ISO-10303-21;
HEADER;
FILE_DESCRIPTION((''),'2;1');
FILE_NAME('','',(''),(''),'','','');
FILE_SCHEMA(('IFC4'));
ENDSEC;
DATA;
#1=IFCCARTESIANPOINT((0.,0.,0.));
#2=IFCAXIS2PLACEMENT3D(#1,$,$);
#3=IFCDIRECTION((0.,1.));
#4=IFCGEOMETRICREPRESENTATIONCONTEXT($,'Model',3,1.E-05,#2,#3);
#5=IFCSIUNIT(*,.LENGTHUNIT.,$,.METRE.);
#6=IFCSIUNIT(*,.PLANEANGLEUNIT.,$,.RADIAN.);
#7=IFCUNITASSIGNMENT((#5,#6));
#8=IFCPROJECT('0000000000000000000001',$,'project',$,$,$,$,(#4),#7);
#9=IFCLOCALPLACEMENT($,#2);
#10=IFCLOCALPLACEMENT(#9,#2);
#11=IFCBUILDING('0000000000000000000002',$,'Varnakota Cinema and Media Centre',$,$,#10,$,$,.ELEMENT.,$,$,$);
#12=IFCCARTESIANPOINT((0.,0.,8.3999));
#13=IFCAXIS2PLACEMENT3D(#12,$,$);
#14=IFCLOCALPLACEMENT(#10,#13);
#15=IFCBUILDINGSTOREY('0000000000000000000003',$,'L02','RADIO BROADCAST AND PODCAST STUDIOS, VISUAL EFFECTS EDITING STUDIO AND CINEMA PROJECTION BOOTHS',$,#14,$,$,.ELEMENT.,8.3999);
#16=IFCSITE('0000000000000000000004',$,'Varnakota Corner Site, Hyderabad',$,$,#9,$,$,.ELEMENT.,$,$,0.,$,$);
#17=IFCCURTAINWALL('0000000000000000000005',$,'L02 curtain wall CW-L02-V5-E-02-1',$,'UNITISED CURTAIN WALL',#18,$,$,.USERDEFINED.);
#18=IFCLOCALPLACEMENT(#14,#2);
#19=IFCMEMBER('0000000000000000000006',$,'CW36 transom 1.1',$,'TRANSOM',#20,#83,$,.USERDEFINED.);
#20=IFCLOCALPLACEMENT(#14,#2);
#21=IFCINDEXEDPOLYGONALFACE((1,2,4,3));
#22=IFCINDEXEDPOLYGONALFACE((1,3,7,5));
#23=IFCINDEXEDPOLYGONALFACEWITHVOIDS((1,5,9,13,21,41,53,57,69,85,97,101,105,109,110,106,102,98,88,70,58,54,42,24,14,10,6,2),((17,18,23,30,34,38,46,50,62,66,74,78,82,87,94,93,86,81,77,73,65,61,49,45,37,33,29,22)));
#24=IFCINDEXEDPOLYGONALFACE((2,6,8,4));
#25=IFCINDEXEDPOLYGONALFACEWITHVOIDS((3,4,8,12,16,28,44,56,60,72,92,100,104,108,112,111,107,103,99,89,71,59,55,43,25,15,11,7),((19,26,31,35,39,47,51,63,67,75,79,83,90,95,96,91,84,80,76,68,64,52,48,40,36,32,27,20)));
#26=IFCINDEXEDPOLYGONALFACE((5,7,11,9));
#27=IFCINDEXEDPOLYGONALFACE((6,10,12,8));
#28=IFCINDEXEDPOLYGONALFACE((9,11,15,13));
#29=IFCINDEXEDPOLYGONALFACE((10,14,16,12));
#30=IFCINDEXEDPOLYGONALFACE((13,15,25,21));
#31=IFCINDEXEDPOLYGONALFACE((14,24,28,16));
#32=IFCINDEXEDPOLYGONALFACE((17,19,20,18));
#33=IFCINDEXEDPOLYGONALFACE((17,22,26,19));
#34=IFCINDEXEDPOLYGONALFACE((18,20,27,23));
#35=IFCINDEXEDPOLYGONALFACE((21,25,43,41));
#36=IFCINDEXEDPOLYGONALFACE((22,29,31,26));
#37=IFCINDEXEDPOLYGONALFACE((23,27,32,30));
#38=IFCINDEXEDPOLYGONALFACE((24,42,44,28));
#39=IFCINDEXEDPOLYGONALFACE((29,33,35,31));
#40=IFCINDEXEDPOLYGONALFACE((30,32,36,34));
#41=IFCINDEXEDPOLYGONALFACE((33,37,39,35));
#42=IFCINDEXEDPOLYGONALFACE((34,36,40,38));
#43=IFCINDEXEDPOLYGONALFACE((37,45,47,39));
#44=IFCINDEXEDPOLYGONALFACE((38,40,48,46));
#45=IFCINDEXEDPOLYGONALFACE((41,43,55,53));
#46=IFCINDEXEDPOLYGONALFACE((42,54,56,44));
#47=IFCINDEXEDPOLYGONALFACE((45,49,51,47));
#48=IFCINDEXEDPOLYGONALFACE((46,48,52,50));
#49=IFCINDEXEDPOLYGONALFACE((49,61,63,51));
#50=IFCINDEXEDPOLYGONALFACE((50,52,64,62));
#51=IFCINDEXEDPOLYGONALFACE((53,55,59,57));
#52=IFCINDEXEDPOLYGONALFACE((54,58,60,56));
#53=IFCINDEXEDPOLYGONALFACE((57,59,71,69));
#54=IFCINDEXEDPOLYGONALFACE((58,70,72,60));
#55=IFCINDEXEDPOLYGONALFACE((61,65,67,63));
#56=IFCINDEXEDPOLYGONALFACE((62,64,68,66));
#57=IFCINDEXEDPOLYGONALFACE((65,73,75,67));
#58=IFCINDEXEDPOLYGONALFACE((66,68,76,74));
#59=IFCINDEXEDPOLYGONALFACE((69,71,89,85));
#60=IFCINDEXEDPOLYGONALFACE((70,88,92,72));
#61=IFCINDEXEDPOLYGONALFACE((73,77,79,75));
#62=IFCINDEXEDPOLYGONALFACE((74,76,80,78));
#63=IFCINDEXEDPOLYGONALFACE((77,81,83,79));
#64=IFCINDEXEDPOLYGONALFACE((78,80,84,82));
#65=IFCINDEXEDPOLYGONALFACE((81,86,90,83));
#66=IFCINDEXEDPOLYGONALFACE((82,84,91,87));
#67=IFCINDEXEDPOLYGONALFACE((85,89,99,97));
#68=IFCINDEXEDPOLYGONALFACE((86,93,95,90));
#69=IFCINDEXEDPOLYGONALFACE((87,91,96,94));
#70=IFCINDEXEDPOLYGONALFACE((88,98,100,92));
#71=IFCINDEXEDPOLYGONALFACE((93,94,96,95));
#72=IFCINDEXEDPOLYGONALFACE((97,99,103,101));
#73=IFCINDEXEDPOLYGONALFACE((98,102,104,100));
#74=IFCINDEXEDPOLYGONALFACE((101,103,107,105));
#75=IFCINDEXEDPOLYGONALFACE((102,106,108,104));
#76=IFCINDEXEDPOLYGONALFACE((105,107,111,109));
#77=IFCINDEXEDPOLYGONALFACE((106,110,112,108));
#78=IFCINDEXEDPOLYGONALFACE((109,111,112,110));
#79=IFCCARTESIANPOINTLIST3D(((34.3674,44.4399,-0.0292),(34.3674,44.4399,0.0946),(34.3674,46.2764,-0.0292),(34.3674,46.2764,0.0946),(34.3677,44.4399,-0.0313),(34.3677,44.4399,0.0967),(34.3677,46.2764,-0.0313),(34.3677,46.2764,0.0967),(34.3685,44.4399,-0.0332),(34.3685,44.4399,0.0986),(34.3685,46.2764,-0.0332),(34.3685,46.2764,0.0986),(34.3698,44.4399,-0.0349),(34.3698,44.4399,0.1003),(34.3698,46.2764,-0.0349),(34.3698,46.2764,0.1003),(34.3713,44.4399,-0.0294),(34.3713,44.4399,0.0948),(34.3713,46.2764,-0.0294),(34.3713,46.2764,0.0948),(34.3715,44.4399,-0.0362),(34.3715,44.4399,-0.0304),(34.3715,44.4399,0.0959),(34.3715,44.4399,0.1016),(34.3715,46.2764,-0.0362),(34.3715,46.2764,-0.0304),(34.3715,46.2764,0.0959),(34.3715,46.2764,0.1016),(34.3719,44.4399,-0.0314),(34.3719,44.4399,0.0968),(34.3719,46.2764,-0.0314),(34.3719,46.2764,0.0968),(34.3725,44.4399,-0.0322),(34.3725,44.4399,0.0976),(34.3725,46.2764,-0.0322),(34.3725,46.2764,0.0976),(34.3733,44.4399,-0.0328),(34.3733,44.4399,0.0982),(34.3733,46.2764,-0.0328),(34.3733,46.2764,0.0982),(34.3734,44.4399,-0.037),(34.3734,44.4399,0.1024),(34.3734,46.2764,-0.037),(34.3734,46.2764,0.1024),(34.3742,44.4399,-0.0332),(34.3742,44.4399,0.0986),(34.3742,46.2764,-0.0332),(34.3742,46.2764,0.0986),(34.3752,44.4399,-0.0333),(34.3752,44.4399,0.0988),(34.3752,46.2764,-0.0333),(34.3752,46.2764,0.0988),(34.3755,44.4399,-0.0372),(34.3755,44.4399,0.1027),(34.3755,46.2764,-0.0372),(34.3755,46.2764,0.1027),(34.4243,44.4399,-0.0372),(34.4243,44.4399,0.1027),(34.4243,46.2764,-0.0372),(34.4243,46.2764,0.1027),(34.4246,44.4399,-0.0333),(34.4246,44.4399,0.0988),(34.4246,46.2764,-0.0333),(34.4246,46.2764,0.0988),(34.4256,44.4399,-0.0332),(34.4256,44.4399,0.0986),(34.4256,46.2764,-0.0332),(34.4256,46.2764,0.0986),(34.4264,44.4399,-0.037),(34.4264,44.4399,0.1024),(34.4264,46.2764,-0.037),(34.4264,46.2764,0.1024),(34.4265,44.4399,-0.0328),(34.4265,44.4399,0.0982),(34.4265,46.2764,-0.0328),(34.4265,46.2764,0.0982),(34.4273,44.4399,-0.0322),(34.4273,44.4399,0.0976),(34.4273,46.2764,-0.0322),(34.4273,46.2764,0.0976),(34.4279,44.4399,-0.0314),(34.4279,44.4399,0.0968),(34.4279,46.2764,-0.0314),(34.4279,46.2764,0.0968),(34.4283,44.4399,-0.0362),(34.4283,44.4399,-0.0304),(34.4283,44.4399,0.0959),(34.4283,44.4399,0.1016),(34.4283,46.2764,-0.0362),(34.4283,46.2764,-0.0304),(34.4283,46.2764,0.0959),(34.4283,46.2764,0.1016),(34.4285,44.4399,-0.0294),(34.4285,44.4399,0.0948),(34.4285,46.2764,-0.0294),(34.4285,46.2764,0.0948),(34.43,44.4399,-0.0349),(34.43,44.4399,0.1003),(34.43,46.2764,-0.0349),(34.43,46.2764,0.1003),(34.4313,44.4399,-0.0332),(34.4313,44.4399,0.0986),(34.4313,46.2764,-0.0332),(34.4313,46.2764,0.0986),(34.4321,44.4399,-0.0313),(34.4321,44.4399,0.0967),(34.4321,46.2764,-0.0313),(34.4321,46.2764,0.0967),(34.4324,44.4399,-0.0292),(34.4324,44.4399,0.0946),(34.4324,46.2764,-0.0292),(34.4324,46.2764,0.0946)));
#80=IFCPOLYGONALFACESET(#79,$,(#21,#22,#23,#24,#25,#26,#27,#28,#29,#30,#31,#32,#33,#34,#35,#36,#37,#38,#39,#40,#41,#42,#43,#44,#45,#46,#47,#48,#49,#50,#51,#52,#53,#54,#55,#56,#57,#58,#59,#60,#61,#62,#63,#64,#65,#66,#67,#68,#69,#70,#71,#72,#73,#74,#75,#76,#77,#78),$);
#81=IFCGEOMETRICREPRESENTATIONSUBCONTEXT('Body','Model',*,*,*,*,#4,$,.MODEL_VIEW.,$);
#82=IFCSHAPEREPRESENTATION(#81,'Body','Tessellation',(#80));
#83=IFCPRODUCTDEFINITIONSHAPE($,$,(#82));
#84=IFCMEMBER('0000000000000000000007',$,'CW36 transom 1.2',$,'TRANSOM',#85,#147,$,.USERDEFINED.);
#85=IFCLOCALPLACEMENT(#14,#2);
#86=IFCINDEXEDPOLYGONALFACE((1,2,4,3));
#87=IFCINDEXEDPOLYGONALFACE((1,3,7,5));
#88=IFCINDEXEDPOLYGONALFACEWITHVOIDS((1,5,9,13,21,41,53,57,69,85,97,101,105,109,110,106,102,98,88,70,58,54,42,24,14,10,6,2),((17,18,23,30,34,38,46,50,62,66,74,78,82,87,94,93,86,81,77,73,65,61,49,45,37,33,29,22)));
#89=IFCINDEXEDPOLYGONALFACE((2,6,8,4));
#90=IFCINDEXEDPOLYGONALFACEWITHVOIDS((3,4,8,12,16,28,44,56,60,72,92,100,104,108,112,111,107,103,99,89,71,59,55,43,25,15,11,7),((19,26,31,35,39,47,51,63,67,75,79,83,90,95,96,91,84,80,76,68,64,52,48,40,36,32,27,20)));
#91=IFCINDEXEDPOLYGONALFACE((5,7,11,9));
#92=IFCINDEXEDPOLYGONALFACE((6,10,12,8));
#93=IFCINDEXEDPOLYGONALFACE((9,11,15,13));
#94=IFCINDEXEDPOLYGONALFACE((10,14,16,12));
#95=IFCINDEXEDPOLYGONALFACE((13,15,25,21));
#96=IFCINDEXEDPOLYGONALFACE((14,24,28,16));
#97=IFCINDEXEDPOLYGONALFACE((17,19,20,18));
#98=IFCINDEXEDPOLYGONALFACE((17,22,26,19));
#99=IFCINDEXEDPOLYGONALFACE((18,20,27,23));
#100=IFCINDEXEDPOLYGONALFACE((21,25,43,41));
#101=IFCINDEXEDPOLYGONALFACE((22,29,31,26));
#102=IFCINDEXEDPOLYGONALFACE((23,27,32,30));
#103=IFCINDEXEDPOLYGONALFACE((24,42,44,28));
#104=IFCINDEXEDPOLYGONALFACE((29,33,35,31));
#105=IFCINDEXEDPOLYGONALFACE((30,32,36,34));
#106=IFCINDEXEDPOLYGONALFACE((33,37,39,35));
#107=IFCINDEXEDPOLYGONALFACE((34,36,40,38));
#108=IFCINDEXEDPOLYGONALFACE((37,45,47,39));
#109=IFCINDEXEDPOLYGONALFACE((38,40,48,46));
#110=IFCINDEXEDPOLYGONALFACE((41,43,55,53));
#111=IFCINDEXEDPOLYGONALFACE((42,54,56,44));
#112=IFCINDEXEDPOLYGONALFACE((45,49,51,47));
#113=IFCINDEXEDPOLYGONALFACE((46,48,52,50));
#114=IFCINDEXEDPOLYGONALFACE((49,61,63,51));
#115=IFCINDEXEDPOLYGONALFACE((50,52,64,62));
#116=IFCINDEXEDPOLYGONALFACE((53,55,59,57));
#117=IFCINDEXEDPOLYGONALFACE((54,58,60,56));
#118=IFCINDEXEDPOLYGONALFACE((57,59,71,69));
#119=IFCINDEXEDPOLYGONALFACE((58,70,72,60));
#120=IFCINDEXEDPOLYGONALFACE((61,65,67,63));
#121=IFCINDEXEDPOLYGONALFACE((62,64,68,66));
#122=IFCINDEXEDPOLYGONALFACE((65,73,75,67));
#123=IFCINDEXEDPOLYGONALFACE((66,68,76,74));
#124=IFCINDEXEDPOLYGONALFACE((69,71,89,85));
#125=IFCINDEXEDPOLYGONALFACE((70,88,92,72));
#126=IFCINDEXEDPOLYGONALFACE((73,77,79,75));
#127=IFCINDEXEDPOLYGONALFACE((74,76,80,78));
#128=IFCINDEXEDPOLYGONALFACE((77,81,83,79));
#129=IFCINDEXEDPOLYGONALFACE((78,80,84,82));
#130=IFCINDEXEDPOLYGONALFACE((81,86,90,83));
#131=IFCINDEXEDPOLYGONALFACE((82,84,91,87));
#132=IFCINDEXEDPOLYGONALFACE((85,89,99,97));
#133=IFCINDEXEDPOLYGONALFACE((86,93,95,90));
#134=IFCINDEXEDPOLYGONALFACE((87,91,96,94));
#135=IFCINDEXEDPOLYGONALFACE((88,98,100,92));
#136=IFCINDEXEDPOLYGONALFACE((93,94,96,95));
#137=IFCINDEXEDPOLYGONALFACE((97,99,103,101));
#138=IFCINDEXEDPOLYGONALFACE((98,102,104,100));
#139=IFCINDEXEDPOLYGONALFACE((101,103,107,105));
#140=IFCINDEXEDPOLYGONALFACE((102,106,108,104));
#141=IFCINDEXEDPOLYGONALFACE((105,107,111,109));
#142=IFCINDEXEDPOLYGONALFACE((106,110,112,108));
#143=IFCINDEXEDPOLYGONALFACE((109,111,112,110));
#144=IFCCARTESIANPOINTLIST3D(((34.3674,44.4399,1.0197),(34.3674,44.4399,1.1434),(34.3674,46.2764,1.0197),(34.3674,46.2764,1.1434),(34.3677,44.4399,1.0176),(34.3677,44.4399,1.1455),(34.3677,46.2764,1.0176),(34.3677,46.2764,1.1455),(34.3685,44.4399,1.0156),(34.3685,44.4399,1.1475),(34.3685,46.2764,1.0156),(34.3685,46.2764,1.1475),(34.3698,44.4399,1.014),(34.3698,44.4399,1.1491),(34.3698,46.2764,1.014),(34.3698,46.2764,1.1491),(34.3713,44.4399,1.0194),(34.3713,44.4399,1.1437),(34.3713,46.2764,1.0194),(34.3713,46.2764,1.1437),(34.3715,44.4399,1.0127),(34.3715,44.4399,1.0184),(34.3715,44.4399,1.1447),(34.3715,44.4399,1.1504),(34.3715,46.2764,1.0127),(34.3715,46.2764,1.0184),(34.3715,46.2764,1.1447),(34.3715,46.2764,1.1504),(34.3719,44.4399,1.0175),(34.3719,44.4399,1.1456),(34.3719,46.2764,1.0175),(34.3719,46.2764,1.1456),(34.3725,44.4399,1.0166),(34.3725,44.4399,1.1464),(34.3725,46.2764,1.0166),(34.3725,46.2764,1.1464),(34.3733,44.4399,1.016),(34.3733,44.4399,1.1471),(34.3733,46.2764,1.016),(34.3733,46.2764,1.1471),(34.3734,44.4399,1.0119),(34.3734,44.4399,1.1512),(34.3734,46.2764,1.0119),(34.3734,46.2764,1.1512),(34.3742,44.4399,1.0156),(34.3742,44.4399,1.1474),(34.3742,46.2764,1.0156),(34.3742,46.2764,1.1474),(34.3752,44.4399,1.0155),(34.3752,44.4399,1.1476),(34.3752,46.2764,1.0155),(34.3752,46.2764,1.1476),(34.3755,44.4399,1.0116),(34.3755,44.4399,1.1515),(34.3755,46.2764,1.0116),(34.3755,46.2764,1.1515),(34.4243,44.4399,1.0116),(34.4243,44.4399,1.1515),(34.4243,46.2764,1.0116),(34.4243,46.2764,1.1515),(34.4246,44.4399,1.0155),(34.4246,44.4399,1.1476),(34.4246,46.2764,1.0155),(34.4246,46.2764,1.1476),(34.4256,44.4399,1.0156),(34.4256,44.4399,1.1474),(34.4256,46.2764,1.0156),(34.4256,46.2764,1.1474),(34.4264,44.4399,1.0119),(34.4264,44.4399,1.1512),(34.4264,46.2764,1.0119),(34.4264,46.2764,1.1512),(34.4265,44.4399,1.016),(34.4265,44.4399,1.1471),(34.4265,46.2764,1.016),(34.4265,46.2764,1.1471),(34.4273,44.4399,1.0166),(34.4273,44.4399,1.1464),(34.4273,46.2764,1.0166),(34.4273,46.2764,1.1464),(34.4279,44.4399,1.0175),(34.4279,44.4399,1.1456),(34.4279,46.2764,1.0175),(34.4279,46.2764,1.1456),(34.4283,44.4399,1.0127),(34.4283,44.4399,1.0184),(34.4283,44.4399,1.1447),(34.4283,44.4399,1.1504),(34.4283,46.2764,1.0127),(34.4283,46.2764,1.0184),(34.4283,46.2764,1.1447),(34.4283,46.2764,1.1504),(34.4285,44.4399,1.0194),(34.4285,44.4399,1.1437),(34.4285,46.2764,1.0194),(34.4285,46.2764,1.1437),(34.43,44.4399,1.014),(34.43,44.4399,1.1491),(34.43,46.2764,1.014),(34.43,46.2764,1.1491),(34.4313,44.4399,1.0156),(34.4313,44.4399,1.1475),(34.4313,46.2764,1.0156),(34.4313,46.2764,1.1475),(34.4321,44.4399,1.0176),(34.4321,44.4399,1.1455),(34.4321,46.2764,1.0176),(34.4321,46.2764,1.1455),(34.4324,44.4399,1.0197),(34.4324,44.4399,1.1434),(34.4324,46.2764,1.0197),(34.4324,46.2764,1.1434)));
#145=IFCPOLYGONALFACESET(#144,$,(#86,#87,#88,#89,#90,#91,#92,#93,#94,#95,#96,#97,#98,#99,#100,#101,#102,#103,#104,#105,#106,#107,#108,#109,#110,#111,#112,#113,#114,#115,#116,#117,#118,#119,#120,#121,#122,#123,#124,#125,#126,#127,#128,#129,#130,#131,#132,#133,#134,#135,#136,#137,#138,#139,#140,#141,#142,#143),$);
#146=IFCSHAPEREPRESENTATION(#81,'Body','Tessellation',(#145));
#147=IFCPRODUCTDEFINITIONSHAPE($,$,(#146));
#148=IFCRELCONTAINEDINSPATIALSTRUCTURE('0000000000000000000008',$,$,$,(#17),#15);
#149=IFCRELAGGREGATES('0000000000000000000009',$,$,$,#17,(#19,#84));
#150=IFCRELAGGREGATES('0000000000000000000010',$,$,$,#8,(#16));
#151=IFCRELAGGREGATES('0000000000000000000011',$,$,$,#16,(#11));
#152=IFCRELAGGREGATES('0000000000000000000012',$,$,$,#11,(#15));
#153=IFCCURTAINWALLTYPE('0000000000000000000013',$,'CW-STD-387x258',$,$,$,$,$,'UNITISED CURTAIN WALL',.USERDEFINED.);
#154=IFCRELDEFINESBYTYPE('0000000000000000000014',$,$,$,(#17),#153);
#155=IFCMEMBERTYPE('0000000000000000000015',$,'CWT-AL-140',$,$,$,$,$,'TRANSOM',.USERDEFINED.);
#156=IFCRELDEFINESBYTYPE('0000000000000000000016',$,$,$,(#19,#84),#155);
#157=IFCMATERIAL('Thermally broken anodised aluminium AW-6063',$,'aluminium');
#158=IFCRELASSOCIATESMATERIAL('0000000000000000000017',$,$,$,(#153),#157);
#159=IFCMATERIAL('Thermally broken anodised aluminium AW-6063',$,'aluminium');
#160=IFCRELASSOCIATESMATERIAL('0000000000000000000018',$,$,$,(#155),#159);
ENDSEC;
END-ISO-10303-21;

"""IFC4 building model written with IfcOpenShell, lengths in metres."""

from ifc_helpers import new_model, si_unit, direction, frame, origin, origin_2d, place, context, subcontext, project, spatial, hollow_rectangle, extrude, material, material_profile, profile_set, type_object, element, aggregate, save


model = new_model("IFC4")

# Units and contexts
model_context = context("Model", 3, precision=1e-05, world=origin(), true_north=direction((0.0, 1.0)))
body_context = subcontext(model_context, "Body", "Model", "MODEL_VIEW")
ifc_project = project(units=[si_unit("LENGTHUNIT", "METRE"), si_unit("PLANEANGLEUNIT", "RADIAN")], contexts=[model_context])

# Site, building, storey
site_placement = place(None, origin())
site = spatial("IfcSite", under=ifc_project, at=site_placement, Name="Varnakota Corner Site, Hyderabad", CompositionType="ELEMENT", RefElevation=0.0)
building_placement = place(site_placement, origin())
building = spatial("IfcBuilding", under=site, at=building_placement, Name="Varnakota Cinema and Media Centre", CompositionType="ELEMENT")
storey_placement = place(building_placement, frame((0.0, 0.0, 8.3999)))
storey = spatial("IfcBuildingStorey", under=building, at=storey_placement, Name="L02", Description="RADIO BROADCAST AND PODCAST STUDIOS, VISUAL EFFECTS EDITING STUDIO AND CINEMA PROJECTION BOOTHS", CompositionType="ELEMENT", Elevation=8.3999)

# Curtain wall
ifc_material_1 = material(Name="Thermally broken anodised aluminium AW-6063", Category="aluminium")
curtain_wall_type = type_object("IfcCurtainWallType", Name="CW-STD-387x258", ElementType="UNITISED CURTAIN WALL", PredefinedType="USERDEFINED", material=ifc_material_1)
curtain_wall_1_placement = place(storey_placement, origin())
curtain_wall_1 = element("IfcCurtainWall", 1, at=curtain_wall_1_placement, inside=storey, type_object=curtain_wall_type, Name="L02 curtain wall CW-L02-V5-E-02-1", ObjectType="UNITISED CURTAIN WALL", PredefinedType="USERDEFINED")

# Members
ifc_material_2 = material(Name="Thermally broken anodised aluminium AW-6063", Category="aluminium")
ifc_material_profile_1 = material_profile(ifc_material_2, hollow_rectangle(XDim=0.0649, YDim=0.1399, WallThickness=0.0039, InnerFilletRadius=0.0039, OuterFilletRadius=0.0081, at=origin_2d()), Name="AL-TRANSOM 140x65x4")
ifc_profile_set_1 = profile_set([ifc_material_profile_1], Name="Thermally broken anodised aluminium AW-6063")
member_type_1 = type_object("IfcMemberType", Name="CWT-AL-140", ElementType="TRANSOM", PredefinedType="USERDEFINED", material=ifc_profile_set_1)
member_1_placement = place(storey_placement, frame((34.3999, 44.4399, 0.0327), z_axis=(0.0, 1.0, 0.0), x_axis=(-1.0, 0.0, 0.0)))
member_1 = element("IfcMember", 2, at=member_1_placement, type_object=member_type_1, Name="CW36 transom 1.1", ObjectType="TRANSOM", PredefinedType="USERDEFINED", context=body_context, shape_type="SweptSolid", body=[
    extrude(hollow_rectangle(XDim=0.0649, YDim=0.1399, WallThickness=0.0039, InnerFilletRadius=0.0039, OuterFilletRadius=0.0081, at=origin_2d()), origin(), (0.0, 0.0, 1.0), 1.8364),
])
member_2_placement = place(storey_placement, frame((34.3999, 44.4399, 1.0815), z_axis=(0.0, 1.0, 0.0), x_axis=(-1.0, 0.0, 0.0)))
member_2 = element("IfcMember", 3, at=member_2_placement, type_object=member_type_1, Name="CW36 transom 1.2", ObjectType="TRANSOM", PredefinedType="USERDEFINED", context=body_context, shape_type="SweptSolid", body=[
    extrude(hollow_rectangle(XDim=0.0649, YDim=0.1399, WallThickness=0.0039, InnerFilletRadius=0.0039, OuterFilletRadius=0.0081, at=origin_2d()), origin(), (0.0, 0.0, 1.0), 1.8364),
])

aggregate(curtain_wall_1, [member_1, member_2])

save(model, "model.ifc")
